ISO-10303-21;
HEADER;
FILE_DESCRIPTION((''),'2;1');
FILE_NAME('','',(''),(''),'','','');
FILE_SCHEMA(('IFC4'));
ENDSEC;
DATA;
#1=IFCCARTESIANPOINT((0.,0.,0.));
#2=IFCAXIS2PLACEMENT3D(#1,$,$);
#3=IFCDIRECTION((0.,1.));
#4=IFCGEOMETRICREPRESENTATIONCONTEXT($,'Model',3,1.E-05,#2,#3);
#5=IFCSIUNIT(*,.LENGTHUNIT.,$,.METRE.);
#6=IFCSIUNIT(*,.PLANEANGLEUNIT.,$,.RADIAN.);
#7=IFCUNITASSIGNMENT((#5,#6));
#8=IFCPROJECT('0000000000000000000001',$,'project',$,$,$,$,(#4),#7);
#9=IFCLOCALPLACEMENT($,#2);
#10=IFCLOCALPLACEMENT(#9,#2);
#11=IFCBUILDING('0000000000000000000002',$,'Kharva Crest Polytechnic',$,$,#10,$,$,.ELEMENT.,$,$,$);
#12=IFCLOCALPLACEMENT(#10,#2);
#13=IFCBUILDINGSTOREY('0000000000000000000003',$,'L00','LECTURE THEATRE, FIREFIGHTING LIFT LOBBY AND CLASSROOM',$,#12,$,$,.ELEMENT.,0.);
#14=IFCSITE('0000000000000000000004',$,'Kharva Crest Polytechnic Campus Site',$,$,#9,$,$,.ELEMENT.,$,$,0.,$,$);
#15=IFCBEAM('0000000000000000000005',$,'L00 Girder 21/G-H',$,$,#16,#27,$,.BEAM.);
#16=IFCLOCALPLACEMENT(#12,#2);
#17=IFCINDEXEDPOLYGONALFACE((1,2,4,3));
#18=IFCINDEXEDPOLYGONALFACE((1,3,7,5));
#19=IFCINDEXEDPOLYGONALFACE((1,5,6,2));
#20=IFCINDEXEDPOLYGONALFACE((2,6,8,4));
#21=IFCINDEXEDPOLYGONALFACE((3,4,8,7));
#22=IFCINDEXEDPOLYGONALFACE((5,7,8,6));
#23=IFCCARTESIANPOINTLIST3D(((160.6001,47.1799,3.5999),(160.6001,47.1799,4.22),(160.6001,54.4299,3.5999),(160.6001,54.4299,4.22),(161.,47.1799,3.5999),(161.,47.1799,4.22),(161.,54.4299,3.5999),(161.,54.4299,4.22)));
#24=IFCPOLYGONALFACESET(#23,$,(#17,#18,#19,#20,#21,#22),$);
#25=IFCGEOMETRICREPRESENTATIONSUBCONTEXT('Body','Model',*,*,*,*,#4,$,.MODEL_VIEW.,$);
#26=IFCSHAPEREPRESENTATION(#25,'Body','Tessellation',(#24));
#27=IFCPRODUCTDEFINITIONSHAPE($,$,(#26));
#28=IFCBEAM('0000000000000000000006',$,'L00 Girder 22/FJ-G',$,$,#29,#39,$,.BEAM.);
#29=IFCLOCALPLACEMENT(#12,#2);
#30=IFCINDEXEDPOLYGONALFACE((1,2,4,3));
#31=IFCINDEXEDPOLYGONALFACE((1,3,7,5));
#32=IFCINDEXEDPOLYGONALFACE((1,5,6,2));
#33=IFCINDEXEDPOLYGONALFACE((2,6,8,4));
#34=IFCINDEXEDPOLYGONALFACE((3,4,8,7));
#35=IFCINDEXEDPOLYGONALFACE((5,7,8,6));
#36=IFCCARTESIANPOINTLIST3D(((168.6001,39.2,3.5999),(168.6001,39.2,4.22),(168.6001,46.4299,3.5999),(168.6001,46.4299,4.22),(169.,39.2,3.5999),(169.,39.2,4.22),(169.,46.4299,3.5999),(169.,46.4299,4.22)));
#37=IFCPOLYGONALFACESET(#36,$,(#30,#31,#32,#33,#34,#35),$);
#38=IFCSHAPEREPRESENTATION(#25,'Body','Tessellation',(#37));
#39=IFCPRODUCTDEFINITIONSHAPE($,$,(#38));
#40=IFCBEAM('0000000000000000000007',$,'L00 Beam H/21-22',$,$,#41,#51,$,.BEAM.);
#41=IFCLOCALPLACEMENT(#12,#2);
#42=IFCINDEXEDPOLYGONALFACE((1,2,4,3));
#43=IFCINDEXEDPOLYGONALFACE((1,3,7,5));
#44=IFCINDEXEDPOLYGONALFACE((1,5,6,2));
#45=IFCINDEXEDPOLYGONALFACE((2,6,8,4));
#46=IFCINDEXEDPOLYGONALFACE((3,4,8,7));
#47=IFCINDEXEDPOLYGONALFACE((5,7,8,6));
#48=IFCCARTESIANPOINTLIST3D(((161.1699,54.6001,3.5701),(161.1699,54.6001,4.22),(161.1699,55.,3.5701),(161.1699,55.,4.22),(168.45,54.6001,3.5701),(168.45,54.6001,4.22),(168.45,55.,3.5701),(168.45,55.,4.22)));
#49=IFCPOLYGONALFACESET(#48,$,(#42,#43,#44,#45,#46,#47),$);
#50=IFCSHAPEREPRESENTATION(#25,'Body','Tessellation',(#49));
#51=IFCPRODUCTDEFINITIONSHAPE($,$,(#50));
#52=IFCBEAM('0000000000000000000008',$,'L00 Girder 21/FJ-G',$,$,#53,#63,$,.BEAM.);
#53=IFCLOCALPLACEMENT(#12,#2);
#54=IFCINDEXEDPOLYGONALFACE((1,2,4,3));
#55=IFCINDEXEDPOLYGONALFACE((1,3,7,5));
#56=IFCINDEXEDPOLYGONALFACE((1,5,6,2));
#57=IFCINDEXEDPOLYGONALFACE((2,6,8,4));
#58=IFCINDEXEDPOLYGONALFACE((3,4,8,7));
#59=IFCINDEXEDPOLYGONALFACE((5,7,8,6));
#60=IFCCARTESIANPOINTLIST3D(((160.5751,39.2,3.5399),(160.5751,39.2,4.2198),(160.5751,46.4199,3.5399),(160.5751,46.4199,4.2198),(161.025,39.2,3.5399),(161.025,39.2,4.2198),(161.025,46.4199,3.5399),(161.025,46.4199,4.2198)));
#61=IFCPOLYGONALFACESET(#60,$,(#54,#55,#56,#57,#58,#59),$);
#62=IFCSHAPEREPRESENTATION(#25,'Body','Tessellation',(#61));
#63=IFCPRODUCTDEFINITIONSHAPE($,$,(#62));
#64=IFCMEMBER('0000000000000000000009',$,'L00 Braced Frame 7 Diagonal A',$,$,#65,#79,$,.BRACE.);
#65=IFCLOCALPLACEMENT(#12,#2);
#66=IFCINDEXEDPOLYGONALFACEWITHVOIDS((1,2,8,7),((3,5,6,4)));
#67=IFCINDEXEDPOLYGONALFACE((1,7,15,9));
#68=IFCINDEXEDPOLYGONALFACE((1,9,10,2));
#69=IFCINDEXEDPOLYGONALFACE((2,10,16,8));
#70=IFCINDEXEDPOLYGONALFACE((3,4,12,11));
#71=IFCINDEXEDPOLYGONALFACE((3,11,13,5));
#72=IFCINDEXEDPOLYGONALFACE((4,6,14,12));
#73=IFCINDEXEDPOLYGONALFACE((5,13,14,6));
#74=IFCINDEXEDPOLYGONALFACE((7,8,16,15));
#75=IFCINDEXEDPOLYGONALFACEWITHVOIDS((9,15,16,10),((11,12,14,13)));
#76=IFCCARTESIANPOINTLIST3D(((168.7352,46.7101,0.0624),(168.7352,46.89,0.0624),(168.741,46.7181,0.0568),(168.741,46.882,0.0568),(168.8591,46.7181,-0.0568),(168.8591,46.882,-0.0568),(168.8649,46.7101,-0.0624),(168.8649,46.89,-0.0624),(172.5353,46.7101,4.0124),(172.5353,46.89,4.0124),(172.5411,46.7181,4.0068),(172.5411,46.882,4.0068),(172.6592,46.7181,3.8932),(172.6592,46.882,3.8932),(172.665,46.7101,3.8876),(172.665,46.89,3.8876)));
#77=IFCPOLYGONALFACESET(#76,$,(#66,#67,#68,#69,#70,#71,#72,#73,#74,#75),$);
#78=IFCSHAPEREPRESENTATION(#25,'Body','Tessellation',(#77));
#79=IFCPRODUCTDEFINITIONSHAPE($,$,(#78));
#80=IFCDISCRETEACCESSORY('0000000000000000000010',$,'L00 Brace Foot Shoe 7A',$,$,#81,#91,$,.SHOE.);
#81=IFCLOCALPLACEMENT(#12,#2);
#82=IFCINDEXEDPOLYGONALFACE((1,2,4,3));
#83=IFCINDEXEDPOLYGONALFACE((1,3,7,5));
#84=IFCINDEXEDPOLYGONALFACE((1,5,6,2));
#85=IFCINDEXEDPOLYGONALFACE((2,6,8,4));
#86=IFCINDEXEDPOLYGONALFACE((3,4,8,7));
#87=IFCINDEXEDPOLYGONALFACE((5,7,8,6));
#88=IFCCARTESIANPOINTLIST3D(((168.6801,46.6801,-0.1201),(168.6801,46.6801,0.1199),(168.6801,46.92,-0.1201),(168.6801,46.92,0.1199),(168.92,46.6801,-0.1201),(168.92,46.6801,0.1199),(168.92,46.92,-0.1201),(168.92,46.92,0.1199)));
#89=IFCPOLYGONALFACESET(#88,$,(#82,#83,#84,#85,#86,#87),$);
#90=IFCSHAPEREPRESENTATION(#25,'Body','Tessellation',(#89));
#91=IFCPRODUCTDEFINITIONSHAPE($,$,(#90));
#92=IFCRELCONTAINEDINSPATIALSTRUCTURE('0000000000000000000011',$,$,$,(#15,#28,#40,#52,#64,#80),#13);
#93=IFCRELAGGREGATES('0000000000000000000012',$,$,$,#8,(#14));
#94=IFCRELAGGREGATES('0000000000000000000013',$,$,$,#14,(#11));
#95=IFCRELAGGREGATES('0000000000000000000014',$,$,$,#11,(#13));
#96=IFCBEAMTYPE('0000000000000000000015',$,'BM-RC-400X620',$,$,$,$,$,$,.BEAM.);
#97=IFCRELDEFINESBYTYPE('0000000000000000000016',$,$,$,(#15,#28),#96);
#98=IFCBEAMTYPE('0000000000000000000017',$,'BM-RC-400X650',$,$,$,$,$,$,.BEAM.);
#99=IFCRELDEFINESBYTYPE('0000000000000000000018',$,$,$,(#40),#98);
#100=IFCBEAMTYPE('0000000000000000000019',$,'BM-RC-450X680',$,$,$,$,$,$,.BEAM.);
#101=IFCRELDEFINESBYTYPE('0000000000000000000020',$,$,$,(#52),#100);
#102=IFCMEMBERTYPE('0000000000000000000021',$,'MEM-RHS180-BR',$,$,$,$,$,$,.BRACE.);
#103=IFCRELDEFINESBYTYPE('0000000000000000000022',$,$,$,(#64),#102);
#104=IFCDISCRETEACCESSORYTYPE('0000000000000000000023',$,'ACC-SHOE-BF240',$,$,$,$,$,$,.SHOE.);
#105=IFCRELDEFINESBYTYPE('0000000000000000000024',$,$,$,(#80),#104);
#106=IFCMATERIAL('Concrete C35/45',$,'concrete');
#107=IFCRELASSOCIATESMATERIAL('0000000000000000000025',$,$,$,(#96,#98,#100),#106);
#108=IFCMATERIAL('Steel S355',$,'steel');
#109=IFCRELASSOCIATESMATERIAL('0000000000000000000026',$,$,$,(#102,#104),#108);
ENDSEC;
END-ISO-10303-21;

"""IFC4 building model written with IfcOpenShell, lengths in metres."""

from ifc_helpers import new_model, si_unit, direction, frame, origin, origin_2d, place, context, subcontext, project, spatial, rectangle, hollow_rectangle, extrude, material, material_profile, profile_set, type_object, element, save


model = new_model("IFC4")

# Units and contexts
model_context = context("Model", 3, precision=1e-05, world=origin(), true_north=direction((0.0, 1.0)))
body_context = subcontext(model_context, "Body", "Model", "MODEL_VIEW")
ifc_project = project(units=[si_unit("LENGTHUNIT", "METRE"), si_unit("PLANEANGLEUNIT", "RADIAN")], contexts=[model_context])

# Site, building, storey
site_placement = place(None, origin())
site = spatial("IfcSite", under=ifc_project, at=site_placement, Name="Kharva Crest Polytechnic Campus Site", CompositionType="ELEMENT", RefElevation=0.0)
building_placement = place(site_placement, origin())
building = spatial("IfcBuilding", under=site, at=building_placement, Name="Kharva Crest Polytechnic", CompositionType="ELEMENT")
storey_placement = place(building_placement, origin())
storey = spatial("IfcBuildingStorey", under=building, at=storey_placement, Name="L00", Description="LECTURE THEATRE, FIREFIGHTING LIFT LOBBY AND CLASSROOM", CompositionType="ELEMENT", Elevation=0.0)

# Shared definitions
ifc_material_1 = material(Name="Concrete C35/45", Category="concrete")

# Beams
ifc_material_profile_1 = material_profile(ifc_material_1, rectangle(XDim=0.3999, YDim=0.6201, at=origin_2d()), Name="RECT 400 X 620")
ifc_profile_set_1 = profile_set([ifc_material_profile_1], Name="Concrete C35/45")
beam_type_1 = type_object("IfcBeamType", Name="BM-RC-400X620", PredefinedType="BEAM", material=ifc_profile_set_1)
beam_1_placement = place(storey_placement, frame((160.8, 47.1799, 3.9099), z_axis=(0.0, 1.0, 0.0), x_axis=(-1.0, 0.0, 0.0)))
element("IfcBeam", 1, at=beam_1_placement, inside=storey, type_object=beam_type_1, Name="L00 Girder 21/G-H", PredefinedType="BEAM", context=body_context, shape_type="SweptSolid", body=[
    extrude(rectangle(XDim=0.3999, YDim=0.6201, at=origin_2d()), origin(), (0.0, 0.0, 1.0), 7.25),
])
beam_2_placement = place(storey_placement, frame((168.8, 39.2, 3.9099), z_axis=(0.0, 1.0, 0.0), x_axis=(-1.0, 0.0, 0.0)))
element("IfcBeam", 2, at=beam_2_placement, inside=storey, type_object=beam_type_1, Name="L00 Girder 22/FJ-G", PredefinedType="BEAM", context=body_context, shape_type="SweptSolid", body=[
    extrude(rectangle(XDim=0.3999, YDim=0.6201, at=origin_2d()), origin(), (0.0, 0.0, 1.0), 7.23),
])
ifc_material_profile_2 = material_profile(ifc_material_1, rectangle(XDim=0.3999, YDim=0.6499, at=origin_2d()), Name="RECT 400 X 650")
ifc_profile_set_2 = profile_set([ifc_material_profile_2], Name="Concrete C35/45")
beam_type_2 = type_object("IfcBeamType", Name="BM-RC-400X650", PredefinedType="BEAM", material=ifc_profile_set_2)
beam_3_placement = place(storey_placement, frame((161.1699, 54.8, 3.895), z_axis=(1.0, 0.0, 0.0), x_axis=(0.0, 1.0, 0.0)))
element("IfcBeam", 3, at=beam_3_placement, inside=storey, type_object=beam_type_2, Name="L00 Beam H/21-22", PredefinedType="BEAM", context=body_context, shape_type="SweptSolid", body=[
    extrude(rectangle(XDim=0.3999, YDim=0.6499, at=origin_2d()), origin(), (0.0, 0.0, 1.0), 7.28),
])
ifc_material_profile_3 = material_profile(ifc_material_1, rectangle(XDim=0.45, YDim=0.6799, at=origin_2d()), Name="RECT 450 X 680")
ifc_profile_set_3 = profile_set([ifc_material_profile_3], Name="Concrete C35/45")
beam_type_3 = type_object("IfcBeamType", Name="BM-RC-450X680", PredefinedType="BEAM", material=ifc_profile_set_3)
beam_4_placement = place(storey_placement, frame((160.8, 39.2, 3.8799), z_axis=(0.0, 1.0, 0.0), x_axis=(-1.0, 0.0, 0.0)))
element("IfcBeam", 4, at=beam_4_placement, inside=storey, type_object=beam_type_3, Name="L00 Girder 21/FJ-G", PredefinedType="BEAM", context=body_context, shape_type="SweptSolid", body=[
    extrude(rectangle(XDim=0.45, YDim=0.6799, at=origin_2d()), origin(), (0.0, 0.0, 1.0), 7.22),
])

# Member
ifc_material_2 = material(Name="Steel S355", Category="steel")
ifc_material_profile_4 = material_profile(ifc_material_2, hollow_rectangle(XDim=0.1799, YDim=0.1799, WallThickness=0.0081, at=origin_2d()), Name="RHS 180X180X8.0")
ifc_profile_set_4 = profile_set([ifc_material_profile_4], Name="Steel S355")
member_type = type_object("IfcMemberType", Name="MEM-RHS180-BR", PredefinedType="BRACE", material=ifc_profile_set_4)
member_placement = place(storey_placement, frame((168.8, 46.8, 0.0), z_axis=(0.6933, 0.0, 0.720649), x_axis=(0.0, 1.0, 0.0)))
element("IfcMember", 5, at=member_placement, inside=storey, type_object=member_type, Name="L00 Braced Frame 7 Diagonal A", PredefinedType="BRACE", context=body_context, shape_type="SweptSolid", body=[
    extrude(hollow_rectangle(XDim=0.1799, YDim=0.1799, WallThickness=0.0081, at=origin_2d()), origin(), (0.0, 0.0, 1.0), 5.4812),
])

# Discrete accessory
discrete_accessory_type = type_object("IfcDiscreteAccessoryType", Name="ACC-SHOE-BF240", PredefinedType="SHOE", material=ifc_material_2)
discrete_accessory_placement = place(storey_placement, frame((168.8, 46.8, -0.1201), z_axis=(0.0, 0.0, 1.0), x_axis=(1.0, 0.0, 0.0)))
element("IfcDiscreteAccessory", 6, at=discrete_accessory_placement, inside=storey, type_object=discrete_accessory_type, Name="L00 Brace Foot Shoe 7A", PredefinedType="SHOE", context=body_context, shape_type="SweptSolid", body=[
    extrude(rectangle(XDim=0.24, YDim=0.24, at=origin_2d()), origin(), (0.0, 0.0, 1.0), 0.24),
])

save(model, "model.ifc")
